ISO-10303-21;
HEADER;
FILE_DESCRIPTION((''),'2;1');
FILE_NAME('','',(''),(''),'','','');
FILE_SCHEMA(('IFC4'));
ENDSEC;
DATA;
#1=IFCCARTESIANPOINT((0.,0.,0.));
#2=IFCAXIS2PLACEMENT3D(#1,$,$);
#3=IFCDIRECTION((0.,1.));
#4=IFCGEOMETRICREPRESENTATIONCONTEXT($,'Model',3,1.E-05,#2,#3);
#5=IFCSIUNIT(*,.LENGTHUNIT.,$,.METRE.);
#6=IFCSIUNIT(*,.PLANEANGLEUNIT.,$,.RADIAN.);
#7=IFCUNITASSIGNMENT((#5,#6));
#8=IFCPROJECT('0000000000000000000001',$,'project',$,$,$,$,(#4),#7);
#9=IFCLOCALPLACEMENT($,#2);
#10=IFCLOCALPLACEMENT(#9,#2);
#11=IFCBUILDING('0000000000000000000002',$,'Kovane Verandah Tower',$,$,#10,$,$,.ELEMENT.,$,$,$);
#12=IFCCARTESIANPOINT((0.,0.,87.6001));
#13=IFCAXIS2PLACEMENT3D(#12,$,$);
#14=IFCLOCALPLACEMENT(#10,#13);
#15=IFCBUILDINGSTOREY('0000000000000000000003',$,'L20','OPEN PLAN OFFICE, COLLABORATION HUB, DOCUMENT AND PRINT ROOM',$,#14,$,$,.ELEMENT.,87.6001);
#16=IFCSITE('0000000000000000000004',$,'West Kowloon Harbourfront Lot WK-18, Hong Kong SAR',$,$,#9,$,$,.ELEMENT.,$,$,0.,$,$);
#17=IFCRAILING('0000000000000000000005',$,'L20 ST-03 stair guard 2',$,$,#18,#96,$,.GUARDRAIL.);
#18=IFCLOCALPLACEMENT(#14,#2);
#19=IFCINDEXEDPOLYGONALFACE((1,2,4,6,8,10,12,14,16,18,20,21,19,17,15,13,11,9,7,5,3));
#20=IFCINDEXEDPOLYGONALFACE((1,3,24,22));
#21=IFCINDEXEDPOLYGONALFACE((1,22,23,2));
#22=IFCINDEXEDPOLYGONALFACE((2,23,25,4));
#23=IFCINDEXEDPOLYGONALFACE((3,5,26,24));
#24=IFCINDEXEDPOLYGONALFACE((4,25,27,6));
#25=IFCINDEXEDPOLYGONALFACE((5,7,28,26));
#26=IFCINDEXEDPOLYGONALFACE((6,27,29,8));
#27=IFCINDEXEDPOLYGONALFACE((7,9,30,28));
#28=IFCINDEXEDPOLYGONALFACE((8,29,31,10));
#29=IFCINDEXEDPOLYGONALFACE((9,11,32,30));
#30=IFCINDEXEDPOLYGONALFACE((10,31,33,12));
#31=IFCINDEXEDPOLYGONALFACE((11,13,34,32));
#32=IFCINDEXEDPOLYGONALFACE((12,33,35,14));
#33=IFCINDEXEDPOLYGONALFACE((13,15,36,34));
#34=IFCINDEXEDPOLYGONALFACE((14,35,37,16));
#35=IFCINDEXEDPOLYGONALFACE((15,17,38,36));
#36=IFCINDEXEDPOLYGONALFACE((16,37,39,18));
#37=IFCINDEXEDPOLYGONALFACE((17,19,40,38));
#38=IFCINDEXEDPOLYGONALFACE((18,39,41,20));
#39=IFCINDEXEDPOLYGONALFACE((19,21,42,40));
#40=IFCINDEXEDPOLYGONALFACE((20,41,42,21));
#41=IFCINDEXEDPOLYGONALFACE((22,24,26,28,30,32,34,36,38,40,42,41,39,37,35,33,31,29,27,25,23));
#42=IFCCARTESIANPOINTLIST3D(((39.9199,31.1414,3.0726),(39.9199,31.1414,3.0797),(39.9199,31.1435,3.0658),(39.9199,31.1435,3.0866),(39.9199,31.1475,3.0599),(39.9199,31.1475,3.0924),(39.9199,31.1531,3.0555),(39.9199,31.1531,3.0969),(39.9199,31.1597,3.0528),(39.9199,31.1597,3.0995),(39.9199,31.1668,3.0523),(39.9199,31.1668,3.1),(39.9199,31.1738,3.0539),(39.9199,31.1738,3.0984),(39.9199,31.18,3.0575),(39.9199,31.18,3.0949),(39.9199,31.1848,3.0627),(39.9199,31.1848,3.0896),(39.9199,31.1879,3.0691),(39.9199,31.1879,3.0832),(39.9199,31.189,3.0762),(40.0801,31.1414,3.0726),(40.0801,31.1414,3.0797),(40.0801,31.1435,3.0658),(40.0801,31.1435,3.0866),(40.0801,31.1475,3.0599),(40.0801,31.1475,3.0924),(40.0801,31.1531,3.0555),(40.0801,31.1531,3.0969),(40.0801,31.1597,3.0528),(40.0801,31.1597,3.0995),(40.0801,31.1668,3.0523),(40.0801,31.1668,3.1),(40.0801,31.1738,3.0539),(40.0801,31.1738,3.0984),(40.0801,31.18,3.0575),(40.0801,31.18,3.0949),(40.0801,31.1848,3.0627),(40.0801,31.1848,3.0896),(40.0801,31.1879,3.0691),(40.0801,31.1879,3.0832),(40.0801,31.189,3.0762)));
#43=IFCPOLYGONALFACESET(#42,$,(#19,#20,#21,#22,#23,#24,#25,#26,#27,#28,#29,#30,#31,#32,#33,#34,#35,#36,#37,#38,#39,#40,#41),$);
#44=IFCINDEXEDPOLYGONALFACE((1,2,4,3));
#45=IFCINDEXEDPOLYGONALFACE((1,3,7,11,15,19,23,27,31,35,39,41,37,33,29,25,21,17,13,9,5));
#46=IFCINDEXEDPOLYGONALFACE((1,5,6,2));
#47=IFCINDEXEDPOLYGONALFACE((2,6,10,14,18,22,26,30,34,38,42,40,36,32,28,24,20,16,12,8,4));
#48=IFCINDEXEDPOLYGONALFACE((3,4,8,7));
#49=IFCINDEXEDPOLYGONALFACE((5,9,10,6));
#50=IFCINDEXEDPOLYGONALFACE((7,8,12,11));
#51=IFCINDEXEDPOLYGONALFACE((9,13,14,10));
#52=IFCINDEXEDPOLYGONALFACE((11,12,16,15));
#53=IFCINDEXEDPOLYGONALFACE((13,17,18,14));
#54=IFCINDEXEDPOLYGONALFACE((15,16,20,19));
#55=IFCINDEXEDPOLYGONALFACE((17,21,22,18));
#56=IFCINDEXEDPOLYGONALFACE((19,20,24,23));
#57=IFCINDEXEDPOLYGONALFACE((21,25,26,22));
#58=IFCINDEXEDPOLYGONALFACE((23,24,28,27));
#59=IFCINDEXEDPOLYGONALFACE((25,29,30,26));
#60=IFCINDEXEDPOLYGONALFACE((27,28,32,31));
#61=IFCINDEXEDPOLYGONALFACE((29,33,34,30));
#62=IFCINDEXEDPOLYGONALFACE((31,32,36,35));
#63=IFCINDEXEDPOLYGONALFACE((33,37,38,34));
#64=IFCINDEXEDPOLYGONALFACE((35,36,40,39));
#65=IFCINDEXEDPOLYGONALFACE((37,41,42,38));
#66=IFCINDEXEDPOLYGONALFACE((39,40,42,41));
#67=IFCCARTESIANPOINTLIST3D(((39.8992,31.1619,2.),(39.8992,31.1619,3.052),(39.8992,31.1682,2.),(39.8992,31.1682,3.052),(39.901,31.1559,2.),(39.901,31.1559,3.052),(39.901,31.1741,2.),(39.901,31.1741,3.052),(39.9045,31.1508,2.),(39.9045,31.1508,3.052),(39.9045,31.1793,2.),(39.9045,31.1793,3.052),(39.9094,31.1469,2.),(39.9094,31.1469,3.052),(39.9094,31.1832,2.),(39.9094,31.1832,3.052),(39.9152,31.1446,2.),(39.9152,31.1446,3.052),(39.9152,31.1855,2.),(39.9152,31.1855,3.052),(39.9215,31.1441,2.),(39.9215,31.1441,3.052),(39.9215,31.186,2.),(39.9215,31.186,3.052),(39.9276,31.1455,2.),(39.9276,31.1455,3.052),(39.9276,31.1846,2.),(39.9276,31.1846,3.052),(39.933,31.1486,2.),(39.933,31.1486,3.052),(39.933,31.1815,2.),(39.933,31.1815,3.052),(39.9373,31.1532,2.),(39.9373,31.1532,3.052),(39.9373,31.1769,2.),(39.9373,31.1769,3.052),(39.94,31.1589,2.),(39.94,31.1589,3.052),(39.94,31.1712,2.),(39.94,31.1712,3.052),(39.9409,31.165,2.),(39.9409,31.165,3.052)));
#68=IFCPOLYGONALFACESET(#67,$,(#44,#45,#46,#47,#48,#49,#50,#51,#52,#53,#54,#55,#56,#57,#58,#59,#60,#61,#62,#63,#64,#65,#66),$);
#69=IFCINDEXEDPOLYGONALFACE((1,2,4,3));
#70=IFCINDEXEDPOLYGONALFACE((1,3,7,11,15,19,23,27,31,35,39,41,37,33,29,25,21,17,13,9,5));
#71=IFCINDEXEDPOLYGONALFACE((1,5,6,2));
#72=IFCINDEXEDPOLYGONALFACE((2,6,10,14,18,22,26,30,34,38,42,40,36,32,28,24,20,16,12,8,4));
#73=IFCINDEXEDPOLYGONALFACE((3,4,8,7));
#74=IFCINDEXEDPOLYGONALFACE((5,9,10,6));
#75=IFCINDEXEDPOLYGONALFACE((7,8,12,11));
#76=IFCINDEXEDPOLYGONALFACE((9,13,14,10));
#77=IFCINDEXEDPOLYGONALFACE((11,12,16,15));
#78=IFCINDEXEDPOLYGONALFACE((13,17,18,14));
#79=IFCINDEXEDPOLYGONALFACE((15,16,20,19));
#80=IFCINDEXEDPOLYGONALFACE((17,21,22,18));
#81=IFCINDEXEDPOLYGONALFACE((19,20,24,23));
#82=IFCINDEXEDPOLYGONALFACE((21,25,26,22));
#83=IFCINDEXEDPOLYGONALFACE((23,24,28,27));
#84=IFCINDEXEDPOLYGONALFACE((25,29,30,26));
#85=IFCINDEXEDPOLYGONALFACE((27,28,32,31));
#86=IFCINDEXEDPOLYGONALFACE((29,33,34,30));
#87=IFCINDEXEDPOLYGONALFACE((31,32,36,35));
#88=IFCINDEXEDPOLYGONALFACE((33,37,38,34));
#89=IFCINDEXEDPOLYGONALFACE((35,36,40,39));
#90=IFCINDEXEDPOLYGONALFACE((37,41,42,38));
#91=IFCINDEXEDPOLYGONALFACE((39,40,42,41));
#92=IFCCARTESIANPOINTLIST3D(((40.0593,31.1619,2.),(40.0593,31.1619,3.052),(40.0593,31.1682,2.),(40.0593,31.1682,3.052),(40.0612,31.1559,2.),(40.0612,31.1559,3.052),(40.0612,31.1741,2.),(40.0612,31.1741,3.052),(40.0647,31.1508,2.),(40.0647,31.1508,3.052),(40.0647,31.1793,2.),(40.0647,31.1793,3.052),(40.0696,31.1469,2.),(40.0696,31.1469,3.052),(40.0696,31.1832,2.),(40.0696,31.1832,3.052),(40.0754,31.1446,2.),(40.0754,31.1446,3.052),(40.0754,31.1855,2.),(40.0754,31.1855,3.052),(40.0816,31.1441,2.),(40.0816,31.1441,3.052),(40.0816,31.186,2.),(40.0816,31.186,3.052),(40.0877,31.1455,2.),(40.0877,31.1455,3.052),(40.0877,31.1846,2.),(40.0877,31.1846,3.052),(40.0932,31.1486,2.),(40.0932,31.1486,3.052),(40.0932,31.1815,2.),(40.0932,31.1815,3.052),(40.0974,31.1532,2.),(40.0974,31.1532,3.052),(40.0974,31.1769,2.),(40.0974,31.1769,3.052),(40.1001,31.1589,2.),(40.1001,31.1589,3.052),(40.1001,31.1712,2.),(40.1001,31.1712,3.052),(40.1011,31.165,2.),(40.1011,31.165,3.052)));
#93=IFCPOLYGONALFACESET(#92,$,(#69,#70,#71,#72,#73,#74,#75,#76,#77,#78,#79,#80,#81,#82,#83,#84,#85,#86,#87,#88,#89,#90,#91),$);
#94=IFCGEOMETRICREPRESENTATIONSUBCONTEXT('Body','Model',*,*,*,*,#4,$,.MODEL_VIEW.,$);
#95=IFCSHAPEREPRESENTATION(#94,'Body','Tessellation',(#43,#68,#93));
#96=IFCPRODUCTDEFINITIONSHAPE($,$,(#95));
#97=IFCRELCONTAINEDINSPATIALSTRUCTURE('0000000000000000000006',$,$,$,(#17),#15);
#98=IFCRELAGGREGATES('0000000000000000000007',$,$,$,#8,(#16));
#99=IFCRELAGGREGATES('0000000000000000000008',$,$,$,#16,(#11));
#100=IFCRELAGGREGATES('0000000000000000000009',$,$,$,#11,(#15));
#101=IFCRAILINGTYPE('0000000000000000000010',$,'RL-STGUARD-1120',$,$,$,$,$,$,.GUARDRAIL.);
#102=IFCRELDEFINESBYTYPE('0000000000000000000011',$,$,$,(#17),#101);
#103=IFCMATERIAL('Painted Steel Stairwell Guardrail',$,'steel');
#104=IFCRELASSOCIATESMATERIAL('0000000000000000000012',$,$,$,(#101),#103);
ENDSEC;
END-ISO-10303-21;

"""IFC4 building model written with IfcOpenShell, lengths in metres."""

from ifc_helpers import new_model, si_unit, direction, frame, origin, origin_2d, place, context, subcontext, project, spatial, circle, extrude, material, type_object, element, save


model = new_model("IFC4")

# Units and contexts
model_context = context("Model", 3, precision=1e-05, world=origin(), true_north=direction((0.0, 1.0)))
body_context = subcontext(model_context, "Body", "Model", "MODEL_VIEW")
ifc_project = project(units=[si_unit("LENGTHUNIT", "METRE"), si_unit("PLANEANGLEUNIT", "RADIAN")], contexts=[model_context])

# Site, building, storey
site_placement = place(None, origin())
site = spatial("IfcSite", under=ifc_project, at=site_placement, Name="West Kowloon Harbourfront Lot WK-18, Hong Kong SAR", CompositionType="ELEMENT", RefElevation=0.0)
building_placement = place(site_placement, origin())
building = spatial("IfcBuilding", under=site, at=building_placement, Name="Kovane Verandah Tower", CompositionType="ELEMENT")
storey_placement = place(building_placement, frame((0.0, 0.0, 87.6001)))
storey = spatial("IfcBuildingStorey", under=building, at=storey_placement, Name="L20", Description="OPEN PLAN OFFICE, COLLABORATION HUB, DOCUMENT AND PRINT ROOM", CompositionType="ELEMENT", Elevation=87.6001)

# Railing
ifc_material_1 = material(Name="Painted Steel Stairwell Guardrail", Category="steel")
railing_type_1 = type_object("IfcRailingType", Name="RL-STGUARD-1120", PredefinedType="GUARDRAIL", material=ifc_material_1)
railing_1_placement = place(storey_placement, frame((39.9199, 31.165, 2.0)))
element("IfcRailing", 1, at=railing_1_placement, inside=storey, type_object=railing_type_1, Name="L20 ST-03 stair guard 2", PredefinedType="GUARDRAIL", context=body_context, shape_type="SweptSolid", body=[
    extrude(circle(Radius=0.0239, at=origin_2d()), frame((0.0, 0.0, 1.0762), z_axis=(1.0, 0.0, 0.0), x_axis=(0.0, 1.0, 0.0)), (0.0, 0.0, 1.0), 0.1602),
    extrude(circle(Radius=0.021, at=origin_2d()), origin(), (0.0, 0.0, 1.0), 1.052),
    extrude(circle(Radius=0.021, at=origin_2d()), frame((0.1602, 0.0, 0.0)), (0.0, 0.0, 1.0), 1.052),
])

save(model, "model.ifc")
